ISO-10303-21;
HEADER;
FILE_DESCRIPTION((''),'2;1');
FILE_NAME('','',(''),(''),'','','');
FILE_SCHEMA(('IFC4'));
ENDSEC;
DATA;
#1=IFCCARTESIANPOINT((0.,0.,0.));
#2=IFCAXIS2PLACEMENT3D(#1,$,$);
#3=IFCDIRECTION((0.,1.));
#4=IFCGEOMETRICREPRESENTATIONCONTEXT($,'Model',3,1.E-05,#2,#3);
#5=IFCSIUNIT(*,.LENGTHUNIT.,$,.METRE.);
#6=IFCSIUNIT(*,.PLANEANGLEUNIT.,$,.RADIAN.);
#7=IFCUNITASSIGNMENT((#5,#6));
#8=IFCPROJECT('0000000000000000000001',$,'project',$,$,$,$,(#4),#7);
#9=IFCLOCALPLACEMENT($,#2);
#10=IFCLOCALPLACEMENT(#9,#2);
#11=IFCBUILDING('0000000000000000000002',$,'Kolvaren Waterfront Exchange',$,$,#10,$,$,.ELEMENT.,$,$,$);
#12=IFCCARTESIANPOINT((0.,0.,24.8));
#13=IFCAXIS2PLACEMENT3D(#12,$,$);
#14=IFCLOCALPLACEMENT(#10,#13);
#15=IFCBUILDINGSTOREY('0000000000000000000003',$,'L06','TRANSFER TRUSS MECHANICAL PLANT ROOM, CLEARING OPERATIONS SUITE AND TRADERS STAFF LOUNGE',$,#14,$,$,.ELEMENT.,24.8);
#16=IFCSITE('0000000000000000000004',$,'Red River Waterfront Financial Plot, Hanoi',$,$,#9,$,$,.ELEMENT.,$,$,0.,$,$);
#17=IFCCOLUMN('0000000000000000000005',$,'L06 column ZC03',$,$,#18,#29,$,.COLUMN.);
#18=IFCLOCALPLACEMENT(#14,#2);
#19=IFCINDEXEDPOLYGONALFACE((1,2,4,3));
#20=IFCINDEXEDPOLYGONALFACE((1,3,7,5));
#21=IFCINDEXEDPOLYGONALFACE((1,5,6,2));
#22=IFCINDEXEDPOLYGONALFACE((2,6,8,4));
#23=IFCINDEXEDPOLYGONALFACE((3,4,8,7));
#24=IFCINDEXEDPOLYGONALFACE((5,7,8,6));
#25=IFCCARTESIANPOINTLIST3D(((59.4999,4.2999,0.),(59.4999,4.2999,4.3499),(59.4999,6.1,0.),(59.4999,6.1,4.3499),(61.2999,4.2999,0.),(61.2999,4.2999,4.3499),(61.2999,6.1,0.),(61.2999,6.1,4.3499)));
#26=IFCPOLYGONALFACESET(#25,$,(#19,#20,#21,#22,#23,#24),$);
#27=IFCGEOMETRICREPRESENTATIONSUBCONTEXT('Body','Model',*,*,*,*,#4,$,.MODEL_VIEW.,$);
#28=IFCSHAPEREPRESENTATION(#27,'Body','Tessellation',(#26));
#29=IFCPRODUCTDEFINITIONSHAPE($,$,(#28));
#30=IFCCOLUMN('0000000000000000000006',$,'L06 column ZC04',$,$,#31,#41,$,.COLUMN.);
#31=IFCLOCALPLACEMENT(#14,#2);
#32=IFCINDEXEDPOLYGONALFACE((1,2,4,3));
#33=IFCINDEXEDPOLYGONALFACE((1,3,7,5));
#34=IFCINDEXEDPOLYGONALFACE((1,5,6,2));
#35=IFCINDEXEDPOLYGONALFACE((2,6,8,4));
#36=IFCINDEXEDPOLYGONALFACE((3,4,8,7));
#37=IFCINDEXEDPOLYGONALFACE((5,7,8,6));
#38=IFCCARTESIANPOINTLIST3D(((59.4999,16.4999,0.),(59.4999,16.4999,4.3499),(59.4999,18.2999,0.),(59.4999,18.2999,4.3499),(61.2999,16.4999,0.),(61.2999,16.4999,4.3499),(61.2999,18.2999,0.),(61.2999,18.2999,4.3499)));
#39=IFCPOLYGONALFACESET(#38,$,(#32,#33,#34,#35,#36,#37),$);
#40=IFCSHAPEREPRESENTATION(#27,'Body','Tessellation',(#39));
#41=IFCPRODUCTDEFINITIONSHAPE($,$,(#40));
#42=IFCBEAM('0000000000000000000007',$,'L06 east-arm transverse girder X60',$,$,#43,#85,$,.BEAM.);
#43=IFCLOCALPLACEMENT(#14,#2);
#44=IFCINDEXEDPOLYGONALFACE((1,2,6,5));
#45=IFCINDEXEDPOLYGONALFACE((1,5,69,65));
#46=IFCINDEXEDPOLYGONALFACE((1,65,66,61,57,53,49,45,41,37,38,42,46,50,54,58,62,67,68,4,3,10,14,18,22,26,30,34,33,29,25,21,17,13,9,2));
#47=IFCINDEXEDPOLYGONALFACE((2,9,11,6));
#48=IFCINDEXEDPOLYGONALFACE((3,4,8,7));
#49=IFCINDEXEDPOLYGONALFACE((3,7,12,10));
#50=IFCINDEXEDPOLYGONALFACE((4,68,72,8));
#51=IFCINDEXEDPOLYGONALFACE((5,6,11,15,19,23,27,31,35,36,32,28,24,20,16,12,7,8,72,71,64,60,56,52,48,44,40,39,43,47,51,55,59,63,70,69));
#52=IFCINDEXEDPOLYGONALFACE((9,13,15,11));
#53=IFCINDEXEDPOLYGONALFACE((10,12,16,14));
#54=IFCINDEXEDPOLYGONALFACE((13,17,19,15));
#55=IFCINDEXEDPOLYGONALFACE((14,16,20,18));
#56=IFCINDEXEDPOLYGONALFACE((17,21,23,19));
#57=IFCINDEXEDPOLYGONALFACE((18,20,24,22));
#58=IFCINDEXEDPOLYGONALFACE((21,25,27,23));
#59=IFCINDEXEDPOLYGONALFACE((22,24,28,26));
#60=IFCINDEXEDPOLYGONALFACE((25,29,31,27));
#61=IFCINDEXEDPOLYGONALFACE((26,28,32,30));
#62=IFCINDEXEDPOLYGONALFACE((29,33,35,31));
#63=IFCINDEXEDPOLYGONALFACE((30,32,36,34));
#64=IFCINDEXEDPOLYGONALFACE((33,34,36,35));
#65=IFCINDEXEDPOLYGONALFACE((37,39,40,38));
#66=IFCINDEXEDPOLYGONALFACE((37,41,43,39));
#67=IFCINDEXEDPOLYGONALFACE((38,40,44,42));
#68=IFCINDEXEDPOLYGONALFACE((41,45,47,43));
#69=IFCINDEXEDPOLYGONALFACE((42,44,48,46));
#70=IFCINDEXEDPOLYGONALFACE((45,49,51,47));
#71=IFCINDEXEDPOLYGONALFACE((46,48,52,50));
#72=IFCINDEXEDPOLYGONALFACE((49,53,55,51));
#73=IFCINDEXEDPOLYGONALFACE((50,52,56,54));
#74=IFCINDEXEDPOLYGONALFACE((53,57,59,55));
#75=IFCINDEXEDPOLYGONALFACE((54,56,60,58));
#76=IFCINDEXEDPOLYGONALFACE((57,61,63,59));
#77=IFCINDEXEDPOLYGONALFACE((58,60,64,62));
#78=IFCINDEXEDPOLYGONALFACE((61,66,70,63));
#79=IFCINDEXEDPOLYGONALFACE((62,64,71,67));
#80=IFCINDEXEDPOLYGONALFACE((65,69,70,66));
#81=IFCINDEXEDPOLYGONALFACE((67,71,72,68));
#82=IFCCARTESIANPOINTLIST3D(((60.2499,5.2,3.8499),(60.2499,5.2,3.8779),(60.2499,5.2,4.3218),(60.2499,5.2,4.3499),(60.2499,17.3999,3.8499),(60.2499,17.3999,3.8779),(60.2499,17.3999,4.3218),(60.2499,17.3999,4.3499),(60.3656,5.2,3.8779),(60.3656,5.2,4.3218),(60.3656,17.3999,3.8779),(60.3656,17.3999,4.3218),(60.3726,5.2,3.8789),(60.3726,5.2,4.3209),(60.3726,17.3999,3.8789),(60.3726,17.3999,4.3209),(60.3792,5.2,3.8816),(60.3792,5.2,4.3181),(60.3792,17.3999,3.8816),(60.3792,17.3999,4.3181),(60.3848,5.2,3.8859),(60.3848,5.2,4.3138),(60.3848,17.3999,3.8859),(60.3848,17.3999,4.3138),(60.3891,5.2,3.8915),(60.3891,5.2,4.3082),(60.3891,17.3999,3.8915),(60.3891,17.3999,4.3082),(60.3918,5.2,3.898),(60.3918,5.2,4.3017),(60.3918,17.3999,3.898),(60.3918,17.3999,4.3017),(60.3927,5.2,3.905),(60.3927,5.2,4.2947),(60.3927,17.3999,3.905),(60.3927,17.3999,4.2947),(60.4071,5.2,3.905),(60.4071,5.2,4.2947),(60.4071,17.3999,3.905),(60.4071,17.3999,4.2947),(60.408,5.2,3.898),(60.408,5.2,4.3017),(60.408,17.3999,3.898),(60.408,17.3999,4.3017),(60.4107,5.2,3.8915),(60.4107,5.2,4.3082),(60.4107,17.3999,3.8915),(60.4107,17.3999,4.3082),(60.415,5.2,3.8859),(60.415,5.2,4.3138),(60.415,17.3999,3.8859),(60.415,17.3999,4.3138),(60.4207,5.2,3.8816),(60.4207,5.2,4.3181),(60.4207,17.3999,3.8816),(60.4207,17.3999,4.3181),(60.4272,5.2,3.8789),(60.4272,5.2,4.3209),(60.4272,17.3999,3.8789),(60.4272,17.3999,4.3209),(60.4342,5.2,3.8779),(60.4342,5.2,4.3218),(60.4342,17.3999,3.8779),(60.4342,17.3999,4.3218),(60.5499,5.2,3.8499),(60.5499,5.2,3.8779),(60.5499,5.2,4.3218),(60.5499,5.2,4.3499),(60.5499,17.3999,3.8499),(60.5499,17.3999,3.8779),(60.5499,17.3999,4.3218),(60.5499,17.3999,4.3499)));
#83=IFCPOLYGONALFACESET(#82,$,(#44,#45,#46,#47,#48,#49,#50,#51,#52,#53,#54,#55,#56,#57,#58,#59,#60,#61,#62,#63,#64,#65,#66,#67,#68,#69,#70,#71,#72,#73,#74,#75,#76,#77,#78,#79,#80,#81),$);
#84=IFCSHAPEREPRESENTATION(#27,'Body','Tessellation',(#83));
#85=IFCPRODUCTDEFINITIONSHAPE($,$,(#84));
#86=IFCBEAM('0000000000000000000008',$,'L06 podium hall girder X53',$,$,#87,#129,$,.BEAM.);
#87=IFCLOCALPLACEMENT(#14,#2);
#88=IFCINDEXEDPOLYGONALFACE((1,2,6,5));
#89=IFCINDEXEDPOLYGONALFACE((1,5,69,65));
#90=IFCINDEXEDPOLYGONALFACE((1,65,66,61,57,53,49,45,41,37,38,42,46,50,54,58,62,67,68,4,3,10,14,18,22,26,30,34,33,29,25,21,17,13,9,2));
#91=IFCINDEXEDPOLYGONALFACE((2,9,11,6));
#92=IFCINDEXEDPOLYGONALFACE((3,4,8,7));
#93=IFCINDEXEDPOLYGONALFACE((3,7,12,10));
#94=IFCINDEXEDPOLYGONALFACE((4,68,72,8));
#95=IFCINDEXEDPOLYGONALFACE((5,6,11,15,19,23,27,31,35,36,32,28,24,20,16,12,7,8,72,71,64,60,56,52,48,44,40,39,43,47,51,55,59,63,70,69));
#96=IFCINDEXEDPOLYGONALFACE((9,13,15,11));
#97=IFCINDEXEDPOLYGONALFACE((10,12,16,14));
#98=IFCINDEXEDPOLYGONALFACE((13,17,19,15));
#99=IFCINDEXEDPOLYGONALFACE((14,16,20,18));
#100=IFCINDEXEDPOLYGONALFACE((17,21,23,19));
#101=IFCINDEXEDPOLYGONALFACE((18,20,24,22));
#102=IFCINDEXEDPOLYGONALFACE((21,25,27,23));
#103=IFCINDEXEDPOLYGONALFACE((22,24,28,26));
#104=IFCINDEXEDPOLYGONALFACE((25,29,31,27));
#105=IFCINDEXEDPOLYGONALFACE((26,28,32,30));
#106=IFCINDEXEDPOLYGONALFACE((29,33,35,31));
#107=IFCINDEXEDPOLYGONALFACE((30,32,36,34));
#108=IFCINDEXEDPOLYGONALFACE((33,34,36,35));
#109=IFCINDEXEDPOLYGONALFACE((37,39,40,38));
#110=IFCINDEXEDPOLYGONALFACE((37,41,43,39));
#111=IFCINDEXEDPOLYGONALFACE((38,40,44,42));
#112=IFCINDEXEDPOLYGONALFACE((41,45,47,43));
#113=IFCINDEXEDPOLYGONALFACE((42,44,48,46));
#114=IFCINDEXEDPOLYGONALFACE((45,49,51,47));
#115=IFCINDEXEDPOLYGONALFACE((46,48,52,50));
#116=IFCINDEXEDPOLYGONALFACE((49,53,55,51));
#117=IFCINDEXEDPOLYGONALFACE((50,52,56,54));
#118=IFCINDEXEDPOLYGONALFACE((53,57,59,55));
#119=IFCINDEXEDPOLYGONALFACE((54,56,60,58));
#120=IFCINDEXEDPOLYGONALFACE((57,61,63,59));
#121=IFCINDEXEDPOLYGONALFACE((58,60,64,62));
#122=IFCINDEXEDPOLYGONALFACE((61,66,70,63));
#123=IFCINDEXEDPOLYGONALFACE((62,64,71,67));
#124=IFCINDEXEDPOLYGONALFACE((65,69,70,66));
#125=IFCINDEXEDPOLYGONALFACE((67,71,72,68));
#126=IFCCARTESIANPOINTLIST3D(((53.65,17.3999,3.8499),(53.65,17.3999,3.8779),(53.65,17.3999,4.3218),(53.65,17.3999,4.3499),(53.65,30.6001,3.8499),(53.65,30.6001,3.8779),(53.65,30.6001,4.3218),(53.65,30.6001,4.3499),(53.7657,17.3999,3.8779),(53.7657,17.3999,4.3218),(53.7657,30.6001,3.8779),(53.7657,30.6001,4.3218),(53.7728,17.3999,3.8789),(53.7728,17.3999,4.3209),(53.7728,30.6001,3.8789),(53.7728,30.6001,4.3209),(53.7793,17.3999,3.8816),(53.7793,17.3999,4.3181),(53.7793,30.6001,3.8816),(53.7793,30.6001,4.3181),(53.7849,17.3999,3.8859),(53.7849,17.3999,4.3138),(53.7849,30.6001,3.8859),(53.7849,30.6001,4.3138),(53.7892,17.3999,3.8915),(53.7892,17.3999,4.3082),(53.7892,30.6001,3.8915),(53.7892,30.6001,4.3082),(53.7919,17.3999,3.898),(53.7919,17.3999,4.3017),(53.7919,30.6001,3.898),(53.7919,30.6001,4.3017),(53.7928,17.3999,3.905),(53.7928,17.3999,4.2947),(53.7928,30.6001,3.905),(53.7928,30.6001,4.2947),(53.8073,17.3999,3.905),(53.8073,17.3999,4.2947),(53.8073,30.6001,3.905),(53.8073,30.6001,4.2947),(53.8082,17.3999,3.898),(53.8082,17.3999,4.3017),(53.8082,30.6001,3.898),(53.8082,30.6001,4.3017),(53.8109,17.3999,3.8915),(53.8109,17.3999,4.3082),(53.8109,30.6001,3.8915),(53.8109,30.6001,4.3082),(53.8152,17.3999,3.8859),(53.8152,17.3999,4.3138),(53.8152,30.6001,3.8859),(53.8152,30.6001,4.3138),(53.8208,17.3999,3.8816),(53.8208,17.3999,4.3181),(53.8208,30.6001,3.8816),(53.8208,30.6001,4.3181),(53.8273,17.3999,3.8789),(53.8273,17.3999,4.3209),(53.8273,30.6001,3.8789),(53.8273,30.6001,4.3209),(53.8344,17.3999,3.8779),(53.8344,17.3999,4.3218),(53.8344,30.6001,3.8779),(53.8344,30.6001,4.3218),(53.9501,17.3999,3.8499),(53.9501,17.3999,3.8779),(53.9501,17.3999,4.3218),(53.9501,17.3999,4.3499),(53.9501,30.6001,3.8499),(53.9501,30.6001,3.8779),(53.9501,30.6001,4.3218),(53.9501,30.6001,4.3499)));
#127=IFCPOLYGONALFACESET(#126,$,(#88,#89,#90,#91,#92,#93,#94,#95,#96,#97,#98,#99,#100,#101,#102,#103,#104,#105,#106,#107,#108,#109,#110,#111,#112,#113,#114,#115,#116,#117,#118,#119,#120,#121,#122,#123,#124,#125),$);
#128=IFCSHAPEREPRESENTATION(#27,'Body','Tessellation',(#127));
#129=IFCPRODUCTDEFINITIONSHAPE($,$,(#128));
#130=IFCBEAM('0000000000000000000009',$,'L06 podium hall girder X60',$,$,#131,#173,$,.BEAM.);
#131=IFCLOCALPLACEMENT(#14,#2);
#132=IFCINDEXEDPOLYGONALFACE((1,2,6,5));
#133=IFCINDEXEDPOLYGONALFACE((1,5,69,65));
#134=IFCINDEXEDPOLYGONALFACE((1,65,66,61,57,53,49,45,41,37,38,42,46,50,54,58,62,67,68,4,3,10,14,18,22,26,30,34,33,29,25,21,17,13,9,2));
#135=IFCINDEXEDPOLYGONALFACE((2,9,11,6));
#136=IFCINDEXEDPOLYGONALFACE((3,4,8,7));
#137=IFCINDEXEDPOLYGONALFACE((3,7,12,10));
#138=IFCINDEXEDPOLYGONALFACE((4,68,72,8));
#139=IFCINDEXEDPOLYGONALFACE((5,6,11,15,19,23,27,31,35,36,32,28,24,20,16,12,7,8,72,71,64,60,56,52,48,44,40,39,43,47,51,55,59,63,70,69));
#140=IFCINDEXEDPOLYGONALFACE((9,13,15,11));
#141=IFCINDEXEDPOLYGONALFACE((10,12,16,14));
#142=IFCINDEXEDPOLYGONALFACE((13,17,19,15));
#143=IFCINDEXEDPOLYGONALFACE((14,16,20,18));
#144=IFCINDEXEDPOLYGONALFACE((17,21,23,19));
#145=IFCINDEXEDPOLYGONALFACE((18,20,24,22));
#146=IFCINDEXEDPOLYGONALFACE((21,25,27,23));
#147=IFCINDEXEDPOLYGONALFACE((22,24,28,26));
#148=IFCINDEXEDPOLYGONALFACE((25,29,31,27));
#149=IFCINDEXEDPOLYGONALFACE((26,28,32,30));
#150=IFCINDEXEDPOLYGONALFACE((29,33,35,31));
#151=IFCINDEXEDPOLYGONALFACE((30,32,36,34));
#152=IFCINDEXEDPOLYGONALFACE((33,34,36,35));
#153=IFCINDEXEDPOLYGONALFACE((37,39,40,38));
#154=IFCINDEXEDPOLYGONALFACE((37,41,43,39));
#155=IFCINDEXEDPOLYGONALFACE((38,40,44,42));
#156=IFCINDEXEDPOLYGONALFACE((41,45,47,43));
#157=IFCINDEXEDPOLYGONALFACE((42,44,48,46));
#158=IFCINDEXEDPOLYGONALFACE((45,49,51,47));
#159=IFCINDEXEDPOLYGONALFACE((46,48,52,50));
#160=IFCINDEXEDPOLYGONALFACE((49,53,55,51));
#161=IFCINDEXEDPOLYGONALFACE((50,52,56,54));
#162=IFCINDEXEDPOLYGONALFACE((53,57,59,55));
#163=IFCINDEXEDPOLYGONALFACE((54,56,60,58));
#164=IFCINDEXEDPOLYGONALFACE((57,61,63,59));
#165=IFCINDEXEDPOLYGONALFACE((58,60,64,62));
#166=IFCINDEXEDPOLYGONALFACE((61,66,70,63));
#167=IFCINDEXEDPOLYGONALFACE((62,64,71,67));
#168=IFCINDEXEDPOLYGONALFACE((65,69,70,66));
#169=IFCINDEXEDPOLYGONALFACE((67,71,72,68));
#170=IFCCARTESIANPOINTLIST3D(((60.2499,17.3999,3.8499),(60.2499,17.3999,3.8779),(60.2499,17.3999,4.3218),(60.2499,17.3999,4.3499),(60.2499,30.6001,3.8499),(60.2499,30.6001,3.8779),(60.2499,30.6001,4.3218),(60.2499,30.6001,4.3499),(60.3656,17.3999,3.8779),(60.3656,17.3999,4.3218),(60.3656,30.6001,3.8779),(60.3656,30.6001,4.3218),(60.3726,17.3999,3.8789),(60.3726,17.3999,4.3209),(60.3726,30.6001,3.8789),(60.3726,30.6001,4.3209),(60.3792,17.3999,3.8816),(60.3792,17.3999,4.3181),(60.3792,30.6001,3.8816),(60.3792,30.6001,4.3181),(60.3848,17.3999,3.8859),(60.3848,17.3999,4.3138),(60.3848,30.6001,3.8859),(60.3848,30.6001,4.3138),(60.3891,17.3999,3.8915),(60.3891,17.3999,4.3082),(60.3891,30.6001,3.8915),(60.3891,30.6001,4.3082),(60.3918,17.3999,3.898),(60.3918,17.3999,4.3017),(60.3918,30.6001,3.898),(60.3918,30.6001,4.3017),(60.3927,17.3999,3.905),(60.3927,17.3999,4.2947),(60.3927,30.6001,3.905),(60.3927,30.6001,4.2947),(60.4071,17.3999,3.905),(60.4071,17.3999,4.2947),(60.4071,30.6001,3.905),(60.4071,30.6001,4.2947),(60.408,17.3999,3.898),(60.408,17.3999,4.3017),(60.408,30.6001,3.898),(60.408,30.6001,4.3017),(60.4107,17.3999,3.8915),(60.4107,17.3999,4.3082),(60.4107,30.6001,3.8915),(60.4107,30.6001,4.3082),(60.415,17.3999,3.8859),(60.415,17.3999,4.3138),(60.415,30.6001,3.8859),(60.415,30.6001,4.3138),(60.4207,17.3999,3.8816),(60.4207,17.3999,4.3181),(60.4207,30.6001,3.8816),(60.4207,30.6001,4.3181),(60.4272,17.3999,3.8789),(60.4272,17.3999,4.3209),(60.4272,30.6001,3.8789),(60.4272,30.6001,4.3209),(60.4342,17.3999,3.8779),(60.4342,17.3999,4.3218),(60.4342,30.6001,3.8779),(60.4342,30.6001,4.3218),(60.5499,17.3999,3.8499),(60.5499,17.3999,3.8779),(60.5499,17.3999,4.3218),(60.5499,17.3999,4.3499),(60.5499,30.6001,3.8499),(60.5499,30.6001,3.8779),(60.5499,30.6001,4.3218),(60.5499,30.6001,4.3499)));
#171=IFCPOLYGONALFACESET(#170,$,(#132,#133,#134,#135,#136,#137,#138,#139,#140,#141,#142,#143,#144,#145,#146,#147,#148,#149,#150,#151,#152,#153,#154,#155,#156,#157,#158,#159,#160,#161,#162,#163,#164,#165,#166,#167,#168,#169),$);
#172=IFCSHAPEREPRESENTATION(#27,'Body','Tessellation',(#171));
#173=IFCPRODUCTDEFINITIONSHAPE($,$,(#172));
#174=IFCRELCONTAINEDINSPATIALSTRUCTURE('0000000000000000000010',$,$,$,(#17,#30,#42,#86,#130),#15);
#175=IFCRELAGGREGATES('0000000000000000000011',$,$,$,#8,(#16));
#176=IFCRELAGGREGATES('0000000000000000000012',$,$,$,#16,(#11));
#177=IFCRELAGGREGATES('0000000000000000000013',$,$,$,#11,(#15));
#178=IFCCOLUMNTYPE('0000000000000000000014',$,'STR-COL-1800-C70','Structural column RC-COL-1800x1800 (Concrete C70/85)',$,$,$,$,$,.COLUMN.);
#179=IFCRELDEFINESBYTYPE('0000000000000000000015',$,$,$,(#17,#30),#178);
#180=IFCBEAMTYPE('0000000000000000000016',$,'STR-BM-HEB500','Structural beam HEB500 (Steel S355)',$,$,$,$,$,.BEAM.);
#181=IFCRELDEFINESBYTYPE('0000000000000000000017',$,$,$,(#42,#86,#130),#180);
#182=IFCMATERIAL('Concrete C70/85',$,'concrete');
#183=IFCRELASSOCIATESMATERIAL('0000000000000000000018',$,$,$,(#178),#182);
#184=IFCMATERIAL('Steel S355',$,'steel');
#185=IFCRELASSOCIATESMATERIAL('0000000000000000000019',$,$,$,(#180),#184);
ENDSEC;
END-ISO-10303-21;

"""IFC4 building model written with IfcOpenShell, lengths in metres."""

from ifc_helpers import new_model, si_unit, direction, frame, origin, origin_2d, place, context, subcontext, project, spatial, rectangle, i_section, extrude, material, material_profile, profile_set, type_object, element, save


model = new_model("IFC4")

# Units and contexts
model_context = context("Model", 3, precision=1e-05, world=origin(), true_north=direction((0.0, 1.0)))
body_context = subcontext(model_context, "Body", "Model", "MODEL_VIEW")
ifc_project = project(units=[si_unit("LENGTHUNIT", "METRE"), si_unit("PLANEANGLEUNIT", "RADIAN")], contexts=[model_context])

# Site, building, storey
site_placement = place(None, origin())
site = spatial("IfcSite", under=ifc_project, at=site_placement, Name="Red River Waterfront Financial Plot, Hanoi", CompositionType="ELEMENT", RefElevation=0.0)
building_placement = place(site_placement, origin())
building = spatial("IfcBuilding", under=site, at=building_placement, Name="Kolvaren Waterfront Exchange", CompositionType="ELEMENT")
storey_placement = place(building_placement, frame((0.0, 0.0, 24.8)))
storey = spatial("IfcBuildingStorey", under=building, at=storey_placement, Name="L06", Description="TRANSFER TRUSS MECHANICAL PLANT ROOM, CLEARING OPERATIONS SUITE AND TRADERS STAFF LOUNGE", CompositionType="ELEMENT", Elevation=24.8)

# Columns
ifc_material_1 = material(Name="Concrete C70/85", Category="concrete")
ifc_material_profile_1 = material_profile(ifc_material_1, rectangle(XDim=1.8, YDim=1.8, at=origin_2d()), Name="RC-COL-1800x1800")
ifc_profile_set_1 = profile_set([ifc_material_profile_1], Name="Concrete C70/85")
column_type = type_object("IfcColumnType", Name="STR-COL-1800-C70", Description="Structural column RC-COL-1800x1800 (Concrete C70/85)", PredefinedType="COLUMN", material=ifc_profile_set_1)
for number, where, z_axis, x_axis, name in (
    (1, (60.3999, 5.2, 0.0), (0.0, 0.0, 1.0), (1.0, 0.0, 0.0), "L06 column ZC03"),
    (2, (60.3999, 17.3999, 0.0), (0.0, 0.0, 1.0), (1.0, 0.0, 0.0), "L06 column ZC04"),
):
    element("IfcColumn", number, at=place(storey_placement, frame(where, z_axis=z_axis, x_axis=x_axis)), inside=storey, type_object=column_type, Name=name, PredefinedType="COLUMN", context=body_context, shape_type="SweptSolid", body=[
        extrude(rectangle(XDim=1.8, YDim=1.8, at=origin_2d()), origin(), (0.0, 0.0, 1.0), 4.3499),
    ])

# Beams
ifc_material_2 = material(Name="Steel S355", Category="steel")
ifc_material_profile_2 = material_profile(ifc_material_2, i_section(OverallWidth=0.3, OverallDepth=0.5, WebThickness=0.0144, FlangeThickness=0.0281, FilletRadius=0.0271, at=origin_2d()), Name="HEB500")
ifc_profile_set_2 = profile_set([ifc_material_profile_2], Name="Steel S355")
beam_type_1 = type_object("IfcBeamType", Name="STR-BM-HEB500", Description="Structural beam HEB500 (Steel S355)", PredefinedType="BEAM", material=ifc_profile_set_2)
beam_placement = place(storey_placement, frame((60.3999, 5.2, 4.0999), z_axis=(0.0, 1.0, 0.0), x_axis=(-1.0, 0.0, 0.0)))
element("IfcBeam", 3, at=beam_placement, inside=storey, type_object=beam_type_1, Name="L06 east-arm transverse girder X60", PredefinedType="BEAM", context=body_context, shape_type="SweptSolid", body=[
    extrude(i_section(OverallWidth=0.3, OverallDepth=0.5, WebThickness=0.0144, FlangeThickness=0.0281, FilletRadius=0.0271, at=origin_2d()), origin(), (0.0, 0.0, 1.0), 12.2),
])
for number, where, z_axis, x_axis, name in (
    (4, (53.8, 17.3999, 4.0999), (0.0, 1.0, 0.0), (-1.0, 0.0, 0.0), "L06 podium hall girder X53"),
    (5, (60.3999, 17.3999, 4.0999), (0.0, 1.0, 0.0), (-1.0, 0.0, 0.0), "L06 podium hall girder X60"),
):
    element("IfcBeam", number, at=place(storey_placement, frame(where, z_axis=z_axis, x_axis=x_axis)), inside=storey, type_object=beam_type_1, Name=name, PredefinedType="BEAM", context=body_context, shape_type="SweptSolid", body=[
        extrude(i_section(OverallWidth=0.3, OverallDepth=0.5, WebThickness=0.0144, FlangeThickness=0.0281, FilletRadius=0.0271, at=origin_2d()), origin(), (0.0, 0.0, 1.0), 13.2002),
    ])

save(model, "model.ifc")
